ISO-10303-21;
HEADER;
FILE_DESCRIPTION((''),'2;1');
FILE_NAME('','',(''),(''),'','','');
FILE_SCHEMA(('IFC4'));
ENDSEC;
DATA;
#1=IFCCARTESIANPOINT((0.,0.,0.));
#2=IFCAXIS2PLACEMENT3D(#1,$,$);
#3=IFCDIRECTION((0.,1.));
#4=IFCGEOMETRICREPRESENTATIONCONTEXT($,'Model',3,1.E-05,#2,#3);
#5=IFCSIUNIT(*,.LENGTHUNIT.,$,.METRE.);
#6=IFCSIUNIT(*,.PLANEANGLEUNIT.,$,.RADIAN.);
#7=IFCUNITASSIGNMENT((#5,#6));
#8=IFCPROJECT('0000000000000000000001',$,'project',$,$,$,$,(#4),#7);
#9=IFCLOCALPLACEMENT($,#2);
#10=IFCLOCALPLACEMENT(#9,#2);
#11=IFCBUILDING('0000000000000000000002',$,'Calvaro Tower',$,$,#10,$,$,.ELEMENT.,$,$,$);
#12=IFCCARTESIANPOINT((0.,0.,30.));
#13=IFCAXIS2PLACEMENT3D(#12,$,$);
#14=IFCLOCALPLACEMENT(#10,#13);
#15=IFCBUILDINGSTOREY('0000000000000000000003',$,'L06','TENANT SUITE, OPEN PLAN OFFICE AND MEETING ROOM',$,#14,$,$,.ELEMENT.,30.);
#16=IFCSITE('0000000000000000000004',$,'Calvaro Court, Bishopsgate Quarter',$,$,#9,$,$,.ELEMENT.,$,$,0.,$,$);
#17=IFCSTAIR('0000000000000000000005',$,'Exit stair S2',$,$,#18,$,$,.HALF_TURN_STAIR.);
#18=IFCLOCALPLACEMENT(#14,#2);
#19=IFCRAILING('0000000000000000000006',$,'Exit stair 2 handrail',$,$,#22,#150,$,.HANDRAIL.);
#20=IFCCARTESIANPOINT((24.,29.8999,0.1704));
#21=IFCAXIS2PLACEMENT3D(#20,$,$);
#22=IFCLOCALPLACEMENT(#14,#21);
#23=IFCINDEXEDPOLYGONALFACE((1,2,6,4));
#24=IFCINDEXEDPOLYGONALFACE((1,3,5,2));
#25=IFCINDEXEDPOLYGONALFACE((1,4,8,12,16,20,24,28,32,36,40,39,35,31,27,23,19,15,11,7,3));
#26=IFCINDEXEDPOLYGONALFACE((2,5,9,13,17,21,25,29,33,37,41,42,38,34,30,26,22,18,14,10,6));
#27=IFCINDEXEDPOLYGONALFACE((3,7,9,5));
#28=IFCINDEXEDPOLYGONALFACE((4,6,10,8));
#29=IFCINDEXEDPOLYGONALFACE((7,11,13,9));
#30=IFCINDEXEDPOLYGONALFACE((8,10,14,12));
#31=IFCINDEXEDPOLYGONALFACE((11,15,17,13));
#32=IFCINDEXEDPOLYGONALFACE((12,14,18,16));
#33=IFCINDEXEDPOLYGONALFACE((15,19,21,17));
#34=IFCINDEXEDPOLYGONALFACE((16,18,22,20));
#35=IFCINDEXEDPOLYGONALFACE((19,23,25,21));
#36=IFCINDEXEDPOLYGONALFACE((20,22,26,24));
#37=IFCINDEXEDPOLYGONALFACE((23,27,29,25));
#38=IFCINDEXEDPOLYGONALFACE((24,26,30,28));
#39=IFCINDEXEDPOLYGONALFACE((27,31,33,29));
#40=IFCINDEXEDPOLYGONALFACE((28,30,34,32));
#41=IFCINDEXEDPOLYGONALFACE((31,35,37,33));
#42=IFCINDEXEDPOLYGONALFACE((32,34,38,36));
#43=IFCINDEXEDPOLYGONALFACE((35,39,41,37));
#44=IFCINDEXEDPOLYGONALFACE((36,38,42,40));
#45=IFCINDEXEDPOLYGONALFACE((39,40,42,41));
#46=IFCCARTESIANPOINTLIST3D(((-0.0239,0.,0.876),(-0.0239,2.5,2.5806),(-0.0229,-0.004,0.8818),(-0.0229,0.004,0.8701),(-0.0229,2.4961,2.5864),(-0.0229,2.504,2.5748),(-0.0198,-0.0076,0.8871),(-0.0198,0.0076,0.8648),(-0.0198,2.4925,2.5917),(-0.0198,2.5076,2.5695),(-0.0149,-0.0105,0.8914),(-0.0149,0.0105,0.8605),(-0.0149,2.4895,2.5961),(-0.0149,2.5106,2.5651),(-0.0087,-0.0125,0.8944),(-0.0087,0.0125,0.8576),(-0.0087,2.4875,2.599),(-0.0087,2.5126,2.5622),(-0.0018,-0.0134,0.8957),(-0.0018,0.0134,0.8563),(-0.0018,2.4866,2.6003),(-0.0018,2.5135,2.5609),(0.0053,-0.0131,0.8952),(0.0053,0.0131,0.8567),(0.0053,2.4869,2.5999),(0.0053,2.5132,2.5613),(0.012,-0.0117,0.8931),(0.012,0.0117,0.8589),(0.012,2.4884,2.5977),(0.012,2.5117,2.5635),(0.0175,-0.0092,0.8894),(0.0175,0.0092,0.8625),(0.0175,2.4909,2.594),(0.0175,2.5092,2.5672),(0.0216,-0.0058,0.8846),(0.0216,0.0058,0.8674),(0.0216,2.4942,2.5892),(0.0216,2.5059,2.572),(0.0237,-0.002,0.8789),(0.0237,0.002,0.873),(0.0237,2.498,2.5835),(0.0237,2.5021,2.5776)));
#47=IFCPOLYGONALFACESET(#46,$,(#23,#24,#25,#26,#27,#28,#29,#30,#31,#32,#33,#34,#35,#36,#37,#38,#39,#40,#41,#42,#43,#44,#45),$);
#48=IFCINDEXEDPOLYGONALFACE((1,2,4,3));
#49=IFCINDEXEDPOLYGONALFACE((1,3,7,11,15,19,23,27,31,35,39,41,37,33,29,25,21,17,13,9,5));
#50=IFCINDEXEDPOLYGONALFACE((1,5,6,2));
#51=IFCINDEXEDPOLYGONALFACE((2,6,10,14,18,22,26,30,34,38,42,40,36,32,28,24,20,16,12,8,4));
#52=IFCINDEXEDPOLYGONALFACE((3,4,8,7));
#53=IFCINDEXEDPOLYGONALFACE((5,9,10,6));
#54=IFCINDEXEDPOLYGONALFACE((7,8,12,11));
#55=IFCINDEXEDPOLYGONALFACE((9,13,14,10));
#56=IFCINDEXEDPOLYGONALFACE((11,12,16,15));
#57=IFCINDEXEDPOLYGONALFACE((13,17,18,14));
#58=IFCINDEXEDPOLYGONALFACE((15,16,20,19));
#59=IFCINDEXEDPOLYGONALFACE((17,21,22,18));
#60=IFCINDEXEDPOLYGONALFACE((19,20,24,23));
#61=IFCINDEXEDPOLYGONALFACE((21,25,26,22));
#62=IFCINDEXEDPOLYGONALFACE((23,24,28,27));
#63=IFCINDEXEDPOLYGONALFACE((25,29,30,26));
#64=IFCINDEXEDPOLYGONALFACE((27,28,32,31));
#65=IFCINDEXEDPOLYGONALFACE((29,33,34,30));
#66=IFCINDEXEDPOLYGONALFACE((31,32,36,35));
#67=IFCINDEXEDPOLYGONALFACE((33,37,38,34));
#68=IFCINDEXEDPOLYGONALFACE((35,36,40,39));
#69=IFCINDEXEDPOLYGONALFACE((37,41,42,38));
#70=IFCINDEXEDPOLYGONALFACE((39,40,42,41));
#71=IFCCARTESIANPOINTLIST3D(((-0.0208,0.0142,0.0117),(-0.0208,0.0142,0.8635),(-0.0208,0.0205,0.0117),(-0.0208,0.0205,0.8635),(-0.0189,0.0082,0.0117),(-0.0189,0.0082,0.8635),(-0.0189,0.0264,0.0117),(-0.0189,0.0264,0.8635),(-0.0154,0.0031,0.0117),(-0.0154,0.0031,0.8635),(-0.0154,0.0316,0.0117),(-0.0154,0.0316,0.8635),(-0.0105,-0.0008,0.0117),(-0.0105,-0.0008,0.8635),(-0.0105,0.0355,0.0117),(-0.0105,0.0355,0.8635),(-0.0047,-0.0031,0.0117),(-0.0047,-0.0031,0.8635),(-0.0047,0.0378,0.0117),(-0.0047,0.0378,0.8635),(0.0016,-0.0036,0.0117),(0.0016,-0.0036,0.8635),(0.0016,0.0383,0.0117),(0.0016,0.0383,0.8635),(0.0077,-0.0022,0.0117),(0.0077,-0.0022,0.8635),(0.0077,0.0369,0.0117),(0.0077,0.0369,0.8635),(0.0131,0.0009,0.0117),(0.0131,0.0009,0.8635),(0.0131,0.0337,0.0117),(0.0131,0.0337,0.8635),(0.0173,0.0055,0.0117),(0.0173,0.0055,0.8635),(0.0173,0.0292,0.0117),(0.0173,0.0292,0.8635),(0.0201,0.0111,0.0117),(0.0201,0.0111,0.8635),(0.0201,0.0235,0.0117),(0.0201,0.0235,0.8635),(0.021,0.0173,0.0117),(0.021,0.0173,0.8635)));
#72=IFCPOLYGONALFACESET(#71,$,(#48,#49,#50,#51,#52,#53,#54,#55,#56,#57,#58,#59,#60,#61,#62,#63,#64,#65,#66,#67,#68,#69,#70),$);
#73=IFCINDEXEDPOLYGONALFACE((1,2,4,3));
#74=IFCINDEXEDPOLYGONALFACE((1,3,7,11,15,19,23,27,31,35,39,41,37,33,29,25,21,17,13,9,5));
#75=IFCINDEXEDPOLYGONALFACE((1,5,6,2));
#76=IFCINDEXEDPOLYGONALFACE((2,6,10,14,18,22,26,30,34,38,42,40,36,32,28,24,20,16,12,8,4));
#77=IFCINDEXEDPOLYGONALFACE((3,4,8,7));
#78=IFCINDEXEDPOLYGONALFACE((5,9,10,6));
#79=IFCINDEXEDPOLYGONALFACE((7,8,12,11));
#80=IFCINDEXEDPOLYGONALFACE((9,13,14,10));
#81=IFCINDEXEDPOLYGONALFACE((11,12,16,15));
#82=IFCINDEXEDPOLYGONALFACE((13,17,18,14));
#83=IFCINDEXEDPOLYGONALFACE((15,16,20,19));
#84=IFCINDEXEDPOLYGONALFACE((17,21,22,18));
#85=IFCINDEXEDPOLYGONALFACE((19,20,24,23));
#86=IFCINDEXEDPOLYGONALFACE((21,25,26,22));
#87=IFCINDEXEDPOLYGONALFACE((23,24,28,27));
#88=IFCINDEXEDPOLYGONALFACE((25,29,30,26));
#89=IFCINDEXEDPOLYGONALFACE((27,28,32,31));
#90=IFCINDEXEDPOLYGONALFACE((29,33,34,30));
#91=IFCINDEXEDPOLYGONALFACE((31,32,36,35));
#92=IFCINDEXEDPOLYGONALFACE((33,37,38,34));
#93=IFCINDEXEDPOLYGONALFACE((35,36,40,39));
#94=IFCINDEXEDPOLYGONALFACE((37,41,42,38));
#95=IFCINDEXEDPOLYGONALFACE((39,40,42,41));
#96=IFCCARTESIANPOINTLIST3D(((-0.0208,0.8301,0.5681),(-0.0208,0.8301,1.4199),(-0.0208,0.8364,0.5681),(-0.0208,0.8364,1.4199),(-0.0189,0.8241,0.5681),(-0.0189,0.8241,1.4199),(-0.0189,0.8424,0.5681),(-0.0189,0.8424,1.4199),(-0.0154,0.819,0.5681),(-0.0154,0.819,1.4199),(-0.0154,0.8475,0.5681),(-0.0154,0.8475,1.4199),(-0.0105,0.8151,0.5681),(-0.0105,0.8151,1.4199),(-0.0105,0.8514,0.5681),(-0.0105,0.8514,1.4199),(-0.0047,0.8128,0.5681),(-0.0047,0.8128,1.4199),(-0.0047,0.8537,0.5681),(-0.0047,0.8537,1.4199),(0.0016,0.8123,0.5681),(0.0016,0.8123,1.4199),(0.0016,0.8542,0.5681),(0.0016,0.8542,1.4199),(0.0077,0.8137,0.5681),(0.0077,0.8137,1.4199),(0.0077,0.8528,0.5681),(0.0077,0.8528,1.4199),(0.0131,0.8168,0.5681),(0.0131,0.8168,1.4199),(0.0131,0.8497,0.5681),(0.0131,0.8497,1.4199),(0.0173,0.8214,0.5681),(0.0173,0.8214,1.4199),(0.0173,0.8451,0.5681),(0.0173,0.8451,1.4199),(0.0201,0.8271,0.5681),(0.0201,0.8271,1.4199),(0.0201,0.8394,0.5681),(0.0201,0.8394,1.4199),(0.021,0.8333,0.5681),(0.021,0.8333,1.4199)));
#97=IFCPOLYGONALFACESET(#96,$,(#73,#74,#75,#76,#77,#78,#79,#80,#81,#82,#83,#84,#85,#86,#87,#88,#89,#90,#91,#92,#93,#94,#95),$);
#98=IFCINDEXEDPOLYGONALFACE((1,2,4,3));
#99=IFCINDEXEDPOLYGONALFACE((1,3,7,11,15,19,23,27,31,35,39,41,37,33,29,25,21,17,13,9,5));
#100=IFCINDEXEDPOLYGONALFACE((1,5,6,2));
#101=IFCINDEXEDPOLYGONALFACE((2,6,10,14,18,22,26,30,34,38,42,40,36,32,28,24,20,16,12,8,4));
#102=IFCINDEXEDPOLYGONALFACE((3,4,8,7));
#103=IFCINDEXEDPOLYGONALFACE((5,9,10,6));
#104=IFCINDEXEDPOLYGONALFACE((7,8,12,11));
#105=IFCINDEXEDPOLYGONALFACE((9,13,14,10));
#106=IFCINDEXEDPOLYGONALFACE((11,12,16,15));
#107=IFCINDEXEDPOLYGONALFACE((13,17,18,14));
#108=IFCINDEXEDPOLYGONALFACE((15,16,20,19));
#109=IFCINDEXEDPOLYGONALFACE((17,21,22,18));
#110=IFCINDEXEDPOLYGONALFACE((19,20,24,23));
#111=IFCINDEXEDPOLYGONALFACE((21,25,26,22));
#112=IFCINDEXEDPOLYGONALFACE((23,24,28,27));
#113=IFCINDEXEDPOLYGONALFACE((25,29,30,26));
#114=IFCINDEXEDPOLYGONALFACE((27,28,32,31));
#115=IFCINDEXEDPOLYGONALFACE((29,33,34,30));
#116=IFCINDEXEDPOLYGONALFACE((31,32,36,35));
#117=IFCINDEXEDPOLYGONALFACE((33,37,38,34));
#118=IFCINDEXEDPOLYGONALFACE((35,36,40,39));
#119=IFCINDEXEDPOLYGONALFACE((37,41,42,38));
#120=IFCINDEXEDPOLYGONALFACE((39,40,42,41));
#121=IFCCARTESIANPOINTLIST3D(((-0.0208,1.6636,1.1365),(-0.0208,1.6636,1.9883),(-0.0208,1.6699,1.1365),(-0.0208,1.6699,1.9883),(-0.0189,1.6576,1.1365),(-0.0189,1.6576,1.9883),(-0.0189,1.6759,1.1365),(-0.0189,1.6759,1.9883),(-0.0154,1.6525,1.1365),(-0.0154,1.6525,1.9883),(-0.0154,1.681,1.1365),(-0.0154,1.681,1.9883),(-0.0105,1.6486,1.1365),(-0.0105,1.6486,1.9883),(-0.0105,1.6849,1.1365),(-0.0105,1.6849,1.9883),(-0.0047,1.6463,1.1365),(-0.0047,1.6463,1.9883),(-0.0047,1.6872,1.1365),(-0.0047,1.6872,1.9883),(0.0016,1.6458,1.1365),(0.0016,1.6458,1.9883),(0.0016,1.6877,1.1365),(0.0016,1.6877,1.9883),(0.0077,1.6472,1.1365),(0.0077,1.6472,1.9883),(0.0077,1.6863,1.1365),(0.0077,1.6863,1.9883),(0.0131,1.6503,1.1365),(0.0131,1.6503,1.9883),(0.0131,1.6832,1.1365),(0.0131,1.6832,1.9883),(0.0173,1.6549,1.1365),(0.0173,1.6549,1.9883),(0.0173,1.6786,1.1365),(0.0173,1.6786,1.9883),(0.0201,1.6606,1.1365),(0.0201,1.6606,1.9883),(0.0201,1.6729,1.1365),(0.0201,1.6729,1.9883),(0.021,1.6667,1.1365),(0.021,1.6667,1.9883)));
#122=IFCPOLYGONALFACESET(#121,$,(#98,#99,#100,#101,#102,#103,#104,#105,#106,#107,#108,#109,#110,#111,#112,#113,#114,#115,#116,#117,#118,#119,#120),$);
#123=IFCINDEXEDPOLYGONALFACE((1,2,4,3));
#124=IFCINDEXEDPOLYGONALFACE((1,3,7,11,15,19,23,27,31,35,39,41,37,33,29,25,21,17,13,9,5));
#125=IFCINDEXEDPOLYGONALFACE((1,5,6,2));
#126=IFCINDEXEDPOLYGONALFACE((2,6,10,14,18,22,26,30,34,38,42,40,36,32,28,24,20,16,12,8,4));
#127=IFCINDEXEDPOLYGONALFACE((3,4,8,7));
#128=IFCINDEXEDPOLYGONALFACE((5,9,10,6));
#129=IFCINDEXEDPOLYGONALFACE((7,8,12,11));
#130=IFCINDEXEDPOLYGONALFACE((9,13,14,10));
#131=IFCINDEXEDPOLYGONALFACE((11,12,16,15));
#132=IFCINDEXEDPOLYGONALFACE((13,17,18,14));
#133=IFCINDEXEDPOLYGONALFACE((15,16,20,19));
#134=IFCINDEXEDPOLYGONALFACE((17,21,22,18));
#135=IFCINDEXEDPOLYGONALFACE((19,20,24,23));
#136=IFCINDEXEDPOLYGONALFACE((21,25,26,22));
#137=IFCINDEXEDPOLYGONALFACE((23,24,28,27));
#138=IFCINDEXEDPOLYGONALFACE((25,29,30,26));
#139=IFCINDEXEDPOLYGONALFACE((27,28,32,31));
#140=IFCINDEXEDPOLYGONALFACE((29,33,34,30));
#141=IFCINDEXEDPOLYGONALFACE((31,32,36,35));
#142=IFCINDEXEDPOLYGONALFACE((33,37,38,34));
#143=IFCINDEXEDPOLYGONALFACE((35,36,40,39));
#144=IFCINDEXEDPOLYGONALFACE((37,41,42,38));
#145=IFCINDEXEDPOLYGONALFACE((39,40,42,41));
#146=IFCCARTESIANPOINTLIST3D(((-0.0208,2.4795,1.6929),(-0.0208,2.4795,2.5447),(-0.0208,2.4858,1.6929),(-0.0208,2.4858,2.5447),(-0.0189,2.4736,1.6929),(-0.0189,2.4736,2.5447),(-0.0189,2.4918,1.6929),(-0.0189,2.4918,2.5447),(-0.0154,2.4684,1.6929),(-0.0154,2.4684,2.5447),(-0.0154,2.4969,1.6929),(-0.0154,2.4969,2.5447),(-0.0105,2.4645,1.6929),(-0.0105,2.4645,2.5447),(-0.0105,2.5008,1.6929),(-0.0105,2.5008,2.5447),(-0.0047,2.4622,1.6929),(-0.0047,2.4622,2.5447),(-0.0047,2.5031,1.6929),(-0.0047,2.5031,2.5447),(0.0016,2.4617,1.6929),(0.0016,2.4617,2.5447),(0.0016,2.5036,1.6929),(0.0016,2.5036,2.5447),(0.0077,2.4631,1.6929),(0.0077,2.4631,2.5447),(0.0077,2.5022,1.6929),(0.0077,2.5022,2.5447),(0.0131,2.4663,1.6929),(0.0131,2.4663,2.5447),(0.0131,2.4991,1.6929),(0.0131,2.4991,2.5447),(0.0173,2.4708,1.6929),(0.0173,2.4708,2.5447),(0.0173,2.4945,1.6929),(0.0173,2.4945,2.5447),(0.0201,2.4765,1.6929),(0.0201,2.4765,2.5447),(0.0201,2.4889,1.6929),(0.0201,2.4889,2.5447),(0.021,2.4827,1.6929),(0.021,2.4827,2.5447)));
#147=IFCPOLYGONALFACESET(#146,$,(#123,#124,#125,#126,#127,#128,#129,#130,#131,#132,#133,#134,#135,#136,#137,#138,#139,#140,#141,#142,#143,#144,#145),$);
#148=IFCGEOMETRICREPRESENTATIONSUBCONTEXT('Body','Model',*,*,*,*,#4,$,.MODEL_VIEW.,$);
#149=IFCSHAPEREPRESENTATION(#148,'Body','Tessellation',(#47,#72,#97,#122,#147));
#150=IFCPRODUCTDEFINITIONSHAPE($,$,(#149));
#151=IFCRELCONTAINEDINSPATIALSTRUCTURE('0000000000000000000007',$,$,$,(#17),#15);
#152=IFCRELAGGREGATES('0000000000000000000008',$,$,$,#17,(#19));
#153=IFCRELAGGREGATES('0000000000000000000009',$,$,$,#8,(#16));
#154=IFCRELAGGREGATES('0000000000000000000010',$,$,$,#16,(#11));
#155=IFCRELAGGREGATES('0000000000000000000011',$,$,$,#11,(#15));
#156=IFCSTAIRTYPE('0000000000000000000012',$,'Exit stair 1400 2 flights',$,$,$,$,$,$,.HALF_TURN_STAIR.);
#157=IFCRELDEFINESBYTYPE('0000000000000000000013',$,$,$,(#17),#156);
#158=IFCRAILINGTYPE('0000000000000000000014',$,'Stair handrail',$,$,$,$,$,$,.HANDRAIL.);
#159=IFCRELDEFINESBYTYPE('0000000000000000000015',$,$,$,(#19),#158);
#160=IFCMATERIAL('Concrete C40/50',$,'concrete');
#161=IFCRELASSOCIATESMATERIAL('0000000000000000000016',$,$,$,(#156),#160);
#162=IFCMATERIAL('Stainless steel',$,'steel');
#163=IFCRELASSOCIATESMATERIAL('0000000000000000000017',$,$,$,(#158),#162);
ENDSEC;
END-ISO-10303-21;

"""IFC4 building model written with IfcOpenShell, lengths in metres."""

from ifc_helpers import new_model, si_unit, direction, frame, origin, origin_2d, place, context, subcontext, project, spatial, circle, extrude, material, type_object, element, aggregate, save


model = new_model("IFC4")

# Units and contexts
model_context = context("Model", 3, precision=1e-05, world=origin(), true_north=direction((0.0, 1.0)))
body_context = subcontext(model_context, "Body", "Model", "MODEL_VIEW")
ifc_project = project(units=[si_unit("LENGTHUNIT", "METRE"), si_unit("PLANEANGLEUNIT", "RADIAN")], contexts=[model_context])

# Site, building, storey
site_placement = place(None, origin())
site = spatial("IfcSite", under=ifc_project, at=site_placement, Name="Calvaro Court, Bishopsgate Quarter", CompositionType="ELEMENT", RefElevation=0.0)
building_placement = place(site_placement, origin())
building = spatial("IfcBuilding", under=site, at=building_placement, Name="Calvaro Tower", CompositionType="ELEMENT")
storey_placement = place(building_placement, frame((0.0, 0.0, 30.0)))
storey = spatial("IfcBuildingStorey", under=building, at=storey_placement, Name="L06", Description="TENANT SUITE, OPEN PLAN OFFICE AND MEETING ROOM", CompositionType="ELEMENT", Elevation=30.0)

# Stair, railing
ifc_material_1 = material(Name="Concrete C40/50", Category="concrete")
stair_type = type_object("IfcStairType", Name="Exit stair 1400 2 flights", PredefinedType="HALF_TURN_STAIR", material=ifc_material_1)
stair_placement = place(storey_placement, origin())
stair = element("IfcStair", 1, at=stair_placement, inside=storey, type_object=stair_type, Name="Exit stair S2", PredefinedType="HALF_TURN_STAIR")
ifc_material_2 = material(Name="Stainless steel", Category="steel")
railing_type = type_object("IfcRailingType", Name="Stair handrail", PredefinedType="HANDRAIL", material=ifc_material_2)
railing_placement = place(storey_placement, frame((24.0, 29.8999, 0.1704)))
railing = element("IfcRailing", 2, at=railing_placement, type_object=railing_type, Name="Exit stair 2 handrail", PredefinedType="HANDRAIL", context=body_context, shape_type="SweptSolid", body=[
    extrude(circle(Radius=0.0239, at=origin_2d()), frame((0.0, 0.0, 0.876), z_axis=(0.0, 0.826221, 0.563347), x_axis=(-1.0, 0.0, 0.0)), (0.0, 0.0, 1.0), 3.0259),
    extrude(circle(Radius=0.021, at=origin_2d()), frame((0.0, 0.0173, 0.0117)), (0.0, 0.0, 1.0), 0.8518),
    extrude(circle(Radius=0.021, at=origin_2d()), frame((0.0, 0.8333, 0.5681)), (0.0, 0.0, 1.0), 0.8518),
    extrude(circle(Radius=0.021, at=origin_2d()), frame((0.0, 1.6667, 1.1365)), (0.0, 0.0, 1.0), 0.8518),
    extrude(circle(Radius=0.021, at=origin_2d()), frame((0.0, 2.4827, 1.6929)), (0.0, 0.0, 1.0), 0.8518),
])
aggregate(stair, [railing])

save(model, "model.ifc")
